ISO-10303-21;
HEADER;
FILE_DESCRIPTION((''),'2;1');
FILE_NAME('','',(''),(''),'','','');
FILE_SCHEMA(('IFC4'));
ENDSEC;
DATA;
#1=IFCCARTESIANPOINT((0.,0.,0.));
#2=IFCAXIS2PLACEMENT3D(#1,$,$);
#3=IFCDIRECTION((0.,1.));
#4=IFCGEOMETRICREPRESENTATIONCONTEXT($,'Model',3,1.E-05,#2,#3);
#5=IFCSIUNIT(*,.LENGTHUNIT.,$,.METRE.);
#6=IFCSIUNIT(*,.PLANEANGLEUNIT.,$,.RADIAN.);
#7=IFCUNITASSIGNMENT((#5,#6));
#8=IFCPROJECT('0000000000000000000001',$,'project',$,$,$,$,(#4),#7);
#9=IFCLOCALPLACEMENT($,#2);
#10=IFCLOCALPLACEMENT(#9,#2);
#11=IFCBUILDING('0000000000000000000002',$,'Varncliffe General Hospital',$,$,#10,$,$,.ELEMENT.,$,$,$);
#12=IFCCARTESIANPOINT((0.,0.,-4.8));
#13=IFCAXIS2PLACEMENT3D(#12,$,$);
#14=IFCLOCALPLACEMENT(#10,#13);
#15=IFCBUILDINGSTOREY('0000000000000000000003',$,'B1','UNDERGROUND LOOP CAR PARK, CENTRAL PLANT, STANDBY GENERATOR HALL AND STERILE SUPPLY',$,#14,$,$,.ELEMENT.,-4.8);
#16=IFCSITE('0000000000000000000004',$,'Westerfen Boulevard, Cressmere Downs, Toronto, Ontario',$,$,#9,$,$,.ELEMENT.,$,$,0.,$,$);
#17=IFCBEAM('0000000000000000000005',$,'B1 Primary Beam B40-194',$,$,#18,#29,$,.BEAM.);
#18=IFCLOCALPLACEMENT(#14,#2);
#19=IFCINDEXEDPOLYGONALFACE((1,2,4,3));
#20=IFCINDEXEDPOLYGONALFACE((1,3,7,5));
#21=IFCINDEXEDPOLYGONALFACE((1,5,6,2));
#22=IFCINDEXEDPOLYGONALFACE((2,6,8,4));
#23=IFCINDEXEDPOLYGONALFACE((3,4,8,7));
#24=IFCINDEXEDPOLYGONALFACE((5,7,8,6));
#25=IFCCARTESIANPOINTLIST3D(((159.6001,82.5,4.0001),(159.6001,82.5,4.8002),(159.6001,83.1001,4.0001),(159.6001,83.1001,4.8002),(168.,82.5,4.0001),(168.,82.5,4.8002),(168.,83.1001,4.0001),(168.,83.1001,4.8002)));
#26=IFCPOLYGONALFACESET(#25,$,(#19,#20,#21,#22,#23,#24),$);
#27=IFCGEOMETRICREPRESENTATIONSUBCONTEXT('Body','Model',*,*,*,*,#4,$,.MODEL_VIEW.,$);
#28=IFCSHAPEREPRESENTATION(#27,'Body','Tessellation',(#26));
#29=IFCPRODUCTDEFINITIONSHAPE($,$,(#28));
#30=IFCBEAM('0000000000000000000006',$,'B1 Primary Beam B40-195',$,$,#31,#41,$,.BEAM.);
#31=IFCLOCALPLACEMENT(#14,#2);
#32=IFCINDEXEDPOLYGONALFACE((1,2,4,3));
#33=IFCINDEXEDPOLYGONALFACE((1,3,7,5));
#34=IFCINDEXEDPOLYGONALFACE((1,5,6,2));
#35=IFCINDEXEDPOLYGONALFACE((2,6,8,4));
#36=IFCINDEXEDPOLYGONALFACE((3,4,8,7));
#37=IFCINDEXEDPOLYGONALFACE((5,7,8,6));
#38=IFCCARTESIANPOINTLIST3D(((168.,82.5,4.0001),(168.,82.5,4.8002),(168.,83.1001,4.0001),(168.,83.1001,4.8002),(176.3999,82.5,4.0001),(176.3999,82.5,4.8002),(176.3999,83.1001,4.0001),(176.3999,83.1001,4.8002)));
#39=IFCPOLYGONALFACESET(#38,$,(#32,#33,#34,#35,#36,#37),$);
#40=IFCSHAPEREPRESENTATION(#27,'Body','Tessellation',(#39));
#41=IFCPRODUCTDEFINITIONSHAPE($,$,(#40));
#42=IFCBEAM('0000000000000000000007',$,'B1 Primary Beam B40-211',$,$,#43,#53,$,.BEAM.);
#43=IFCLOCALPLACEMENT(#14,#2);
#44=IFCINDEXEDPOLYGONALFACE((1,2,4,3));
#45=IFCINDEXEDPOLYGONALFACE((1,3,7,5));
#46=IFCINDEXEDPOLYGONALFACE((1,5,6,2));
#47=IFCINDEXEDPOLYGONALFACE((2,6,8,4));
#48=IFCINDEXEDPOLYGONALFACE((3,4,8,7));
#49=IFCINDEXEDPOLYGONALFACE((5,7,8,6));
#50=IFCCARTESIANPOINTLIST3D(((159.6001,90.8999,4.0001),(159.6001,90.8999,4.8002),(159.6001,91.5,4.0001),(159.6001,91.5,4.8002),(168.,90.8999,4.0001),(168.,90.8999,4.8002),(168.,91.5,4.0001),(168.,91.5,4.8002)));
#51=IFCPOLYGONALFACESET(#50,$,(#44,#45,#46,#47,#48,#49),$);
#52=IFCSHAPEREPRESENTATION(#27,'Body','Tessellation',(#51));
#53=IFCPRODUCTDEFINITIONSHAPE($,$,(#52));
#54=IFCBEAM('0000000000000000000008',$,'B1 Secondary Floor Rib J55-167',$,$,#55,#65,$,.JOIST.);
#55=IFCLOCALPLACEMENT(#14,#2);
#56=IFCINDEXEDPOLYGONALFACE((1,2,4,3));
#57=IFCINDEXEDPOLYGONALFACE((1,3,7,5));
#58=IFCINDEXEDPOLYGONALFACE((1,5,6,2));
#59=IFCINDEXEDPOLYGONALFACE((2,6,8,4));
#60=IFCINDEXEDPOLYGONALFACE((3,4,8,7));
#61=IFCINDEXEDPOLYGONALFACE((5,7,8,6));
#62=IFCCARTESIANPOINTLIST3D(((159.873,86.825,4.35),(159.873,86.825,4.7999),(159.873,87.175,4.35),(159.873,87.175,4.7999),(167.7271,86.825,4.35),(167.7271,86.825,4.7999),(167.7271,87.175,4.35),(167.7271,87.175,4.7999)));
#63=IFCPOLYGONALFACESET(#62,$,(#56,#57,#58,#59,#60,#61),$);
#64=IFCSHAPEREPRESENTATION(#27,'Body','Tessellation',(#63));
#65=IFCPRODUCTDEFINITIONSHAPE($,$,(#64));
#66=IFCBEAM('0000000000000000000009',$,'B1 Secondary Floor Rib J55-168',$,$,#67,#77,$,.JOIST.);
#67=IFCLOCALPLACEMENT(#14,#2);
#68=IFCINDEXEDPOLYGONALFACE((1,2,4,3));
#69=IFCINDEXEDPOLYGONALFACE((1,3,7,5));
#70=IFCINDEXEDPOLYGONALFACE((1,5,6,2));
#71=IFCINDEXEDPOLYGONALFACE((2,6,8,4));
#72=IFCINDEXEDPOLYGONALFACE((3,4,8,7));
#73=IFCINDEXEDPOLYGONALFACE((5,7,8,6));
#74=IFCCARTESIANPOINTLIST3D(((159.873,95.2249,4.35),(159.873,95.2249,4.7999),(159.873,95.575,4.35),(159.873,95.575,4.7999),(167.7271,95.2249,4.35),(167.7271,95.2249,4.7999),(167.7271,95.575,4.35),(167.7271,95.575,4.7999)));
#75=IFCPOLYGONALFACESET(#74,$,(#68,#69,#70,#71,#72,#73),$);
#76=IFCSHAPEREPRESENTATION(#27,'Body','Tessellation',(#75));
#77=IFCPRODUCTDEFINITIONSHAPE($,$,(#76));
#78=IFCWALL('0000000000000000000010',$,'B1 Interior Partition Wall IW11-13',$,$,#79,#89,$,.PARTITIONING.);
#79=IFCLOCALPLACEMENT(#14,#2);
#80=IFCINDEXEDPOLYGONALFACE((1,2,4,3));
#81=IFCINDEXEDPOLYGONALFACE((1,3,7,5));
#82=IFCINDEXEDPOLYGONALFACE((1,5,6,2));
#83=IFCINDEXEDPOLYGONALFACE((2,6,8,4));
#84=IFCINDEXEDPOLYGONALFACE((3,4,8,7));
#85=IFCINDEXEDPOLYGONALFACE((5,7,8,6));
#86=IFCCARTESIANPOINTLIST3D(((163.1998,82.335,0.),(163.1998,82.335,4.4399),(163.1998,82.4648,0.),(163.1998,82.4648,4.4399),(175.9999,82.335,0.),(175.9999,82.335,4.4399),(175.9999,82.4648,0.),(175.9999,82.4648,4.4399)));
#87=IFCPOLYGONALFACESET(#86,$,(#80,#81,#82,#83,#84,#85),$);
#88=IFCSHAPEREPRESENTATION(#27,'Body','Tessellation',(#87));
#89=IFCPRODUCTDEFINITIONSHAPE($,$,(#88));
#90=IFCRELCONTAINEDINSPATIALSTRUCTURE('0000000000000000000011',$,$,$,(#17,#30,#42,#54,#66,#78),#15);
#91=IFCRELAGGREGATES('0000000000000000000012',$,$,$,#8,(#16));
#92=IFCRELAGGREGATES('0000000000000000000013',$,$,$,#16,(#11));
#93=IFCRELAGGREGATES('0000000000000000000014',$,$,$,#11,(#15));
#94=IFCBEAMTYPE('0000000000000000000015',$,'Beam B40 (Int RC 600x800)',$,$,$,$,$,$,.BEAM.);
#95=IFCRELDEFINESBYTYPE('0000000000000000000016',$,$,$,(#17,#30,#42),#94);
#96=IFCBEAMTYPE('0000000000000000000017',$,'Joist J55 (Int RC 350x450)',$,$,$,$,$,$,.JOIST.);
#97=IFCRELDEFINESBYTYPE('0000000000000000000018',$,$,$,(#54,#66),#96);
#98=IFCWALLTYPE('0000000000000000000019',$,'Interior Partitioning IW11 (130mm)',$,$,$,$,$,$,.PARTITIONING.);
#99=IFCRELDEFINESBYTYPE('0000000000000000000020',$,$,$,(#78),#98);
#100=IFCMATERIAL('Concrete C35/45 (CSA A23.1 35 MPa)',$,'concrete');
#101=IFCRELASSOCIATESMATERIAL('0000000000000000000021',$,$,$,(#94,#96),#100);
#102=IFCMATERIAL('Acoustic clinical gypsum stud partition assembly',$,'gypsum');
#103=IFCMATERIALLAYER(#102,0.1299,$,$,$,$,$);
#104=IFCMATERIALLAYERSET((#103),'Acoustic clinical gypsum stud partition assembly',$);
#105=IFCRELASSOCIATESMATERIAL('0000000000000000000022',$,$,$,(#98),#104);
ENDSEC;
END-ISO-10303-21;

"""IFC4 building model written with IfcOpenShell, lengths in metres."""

from ifc_helpers import new_model, si_unit, direction, frame, frame_2d, origin, origin_2d, place, context, subcontext, project, spatial, rectangle, extrude, material, layer, layer_set, material_profile, profile_set, type_object, element, save


model = new_model("IFC4")

# Units and contexts
model_context = context("Model", 3, precision=1e-05, world=origin(), true_north=direction((0.0, 1.0)))
body_context = subcontext(model_context, "Body", "Model", "MODEL_VIEW")
ifc_project = project(units=[si_unit("LENGTHUNIT", "METRE"), si_unit("PLANEANGLEUNIT", "RADIAN")], contexts=[model_context])

# Site, building, storey
site_placement = place(None, origin())
site = spatial("IfcSite", under=ifc_project, at=site_placement, Name="Westerfen Boulevard, Cressmere Downs, Toronto, Ontario", CompositionType="ELEMENT", RefElevation=0.0)
building_placement = place(site_placement, origin())
building = spatial("IfcBuilding", under=site, at=building_placement, Name="Varncliffe General Hospital", CompositionType="ELEMENT")
storey_placement = place(building_placement, frame((0.0, 0.0, -4.8)))
storey = spatial("IfcBuildingStorey", under=building, at=storey_placement, Name="B1", Description="UNDERGROUND LOOP CAR PARK, CENTRAL PLANT, STANDBY GENERATOR HALL AND STERILE SUPPLY", CompositionType="ELEMENT", Elevation=-4.8)

# Beams
ifc_material_1 = material(Name="Concrete C35/45 (CSA A23.1 35 MPa)", Category="concrete")
ifc_material_profile_1 = material_profile(ifc_material_1, rectangle(XDim=0.6001, YDim=0.8, at=origin_2d()), Name="RC 600x800")
ifc_profile_set_1 = profile_set([ifc_material_profile_1], Name="Concrete C35/45 (CSA A23.1 35 MPa)")
beam_type_1 = type_object("IfcBeamType", Name="Beam B40 (Int RC 600x800)", PredefinedType="BEAM", material=ifc_profile_set_1)
for number, where, z_axis, x_axis, name in (
    (1, (159.6001, 82.8, 4.4001), (1.0, 0.0, 0.0), (0.0, 1.0, 0.0), "B1 Primary Beam B40-194"),
    (2, (168.0, 82.8, 4.4001), (1.0, 0.0, 0.0), (0.0, 1.0, 0.0), "B1 Primary Beam B40-195"),
    (3, (159.6001, 91.2, 4.4001), (1.0, 0.0, 0.0), (0.0, 1.0, 0.0), "B1 Primary Beam B40-211"),
):
    element("IfcBeam", number, at=place(storey_placement, frame(where, z_axis=z_axis, x_axis=x_axis)), inside=storey, type_object=beam_type_1, Name=name, PredefinedType="BEAM", context=body_context, shape_type="SweptSolid", body=[
        extrude(rectangle(XDim=0.6001, YDim=0.8, at=origin_2d()), origin(), (0.0, 0.0, 1.0), 8.3999),
    ])
ifc_material_profile_2 = material_profile(ifc_material_1, rectangle(XDim=0.3501, YDim=0.45, at=origin_2d()), Name="RC 350x450")
ifc_profile_set_2 = profile_set([ifc_material_profile_2], Name="Concrete C35/45 (CSA A23.1 35 MPa)")
beam_type_2 = type_object("IfcBeamType", Name="Joist J55 (Int RC 350x450)", PredefinedType="JOIST", material=ifc_profile_set_2)
for number, where, z_axis, x_axis, name in (
    (4, (159.873, 87.0, 4.575), (1.0, 0.0, 0.0), (0.0, 1.0, 0.0), "B1 Secondary Floor Rib J55-167"),
    (5, (159.873, 95.3999, 4.575), (1.0, 0.0, 0.0), (0.0, 1.0, 0.0), "B1 Secondary Floor Rib J55-168"),
):
    element("IfcBeam", number, at=place(storey_placement, frame(where, z_axis=z_axis, x_axis=x_axis)), inside=storey, type_object=beam_type_2, Name=name, PredefinedType="JOIST", context=body_context, shape_type="SweptSolid", body=[
        extrude(rectangle(XDim=0.3501, YDim=0.45, at=origin_2d()), origin(), (0.0, 0.0, 1.0), 7.854),
    ])

# Wall
ifc_material_2 = material(Name="Acoustic clinical gypsum stud partition assembly", Category="gypsum")
ifc_layer = layer(ifc_material_2, 0.1299)
ifc_layer_set = layer_set([ifc_layer], Name="Acoustic clinical gypsum stud partition assembly")
wall_type = type_object("IfcWallType", Name="Interior Partitioning IW11 (130mm)", PredefinedType="PARTITIONING", material=ifc_layer_set)
wall_placement = place(storey_placement, frame((163.2, 82.3999, 0.0), z_axis=(0.0, 0.0, 1.0), x_axis=(1.0, 0.0, 0.0)))
element("IfcWall", 6, at=wall_placement, inside=storey, type_object=wall_type, Name="B1 Interior Partition Wall IW11-13", PredefinedType="PARTITIONING", context=body_context, shape_type="SweptSolid", body=[
    extrude(rectangle(XDim=12.8, YDim=0.1299, at=frame_2d((6.3999, 0.0))), origin(), (0.0, 0.0, 1.0), 4.4399),
])

save(model, "model.ifc")
